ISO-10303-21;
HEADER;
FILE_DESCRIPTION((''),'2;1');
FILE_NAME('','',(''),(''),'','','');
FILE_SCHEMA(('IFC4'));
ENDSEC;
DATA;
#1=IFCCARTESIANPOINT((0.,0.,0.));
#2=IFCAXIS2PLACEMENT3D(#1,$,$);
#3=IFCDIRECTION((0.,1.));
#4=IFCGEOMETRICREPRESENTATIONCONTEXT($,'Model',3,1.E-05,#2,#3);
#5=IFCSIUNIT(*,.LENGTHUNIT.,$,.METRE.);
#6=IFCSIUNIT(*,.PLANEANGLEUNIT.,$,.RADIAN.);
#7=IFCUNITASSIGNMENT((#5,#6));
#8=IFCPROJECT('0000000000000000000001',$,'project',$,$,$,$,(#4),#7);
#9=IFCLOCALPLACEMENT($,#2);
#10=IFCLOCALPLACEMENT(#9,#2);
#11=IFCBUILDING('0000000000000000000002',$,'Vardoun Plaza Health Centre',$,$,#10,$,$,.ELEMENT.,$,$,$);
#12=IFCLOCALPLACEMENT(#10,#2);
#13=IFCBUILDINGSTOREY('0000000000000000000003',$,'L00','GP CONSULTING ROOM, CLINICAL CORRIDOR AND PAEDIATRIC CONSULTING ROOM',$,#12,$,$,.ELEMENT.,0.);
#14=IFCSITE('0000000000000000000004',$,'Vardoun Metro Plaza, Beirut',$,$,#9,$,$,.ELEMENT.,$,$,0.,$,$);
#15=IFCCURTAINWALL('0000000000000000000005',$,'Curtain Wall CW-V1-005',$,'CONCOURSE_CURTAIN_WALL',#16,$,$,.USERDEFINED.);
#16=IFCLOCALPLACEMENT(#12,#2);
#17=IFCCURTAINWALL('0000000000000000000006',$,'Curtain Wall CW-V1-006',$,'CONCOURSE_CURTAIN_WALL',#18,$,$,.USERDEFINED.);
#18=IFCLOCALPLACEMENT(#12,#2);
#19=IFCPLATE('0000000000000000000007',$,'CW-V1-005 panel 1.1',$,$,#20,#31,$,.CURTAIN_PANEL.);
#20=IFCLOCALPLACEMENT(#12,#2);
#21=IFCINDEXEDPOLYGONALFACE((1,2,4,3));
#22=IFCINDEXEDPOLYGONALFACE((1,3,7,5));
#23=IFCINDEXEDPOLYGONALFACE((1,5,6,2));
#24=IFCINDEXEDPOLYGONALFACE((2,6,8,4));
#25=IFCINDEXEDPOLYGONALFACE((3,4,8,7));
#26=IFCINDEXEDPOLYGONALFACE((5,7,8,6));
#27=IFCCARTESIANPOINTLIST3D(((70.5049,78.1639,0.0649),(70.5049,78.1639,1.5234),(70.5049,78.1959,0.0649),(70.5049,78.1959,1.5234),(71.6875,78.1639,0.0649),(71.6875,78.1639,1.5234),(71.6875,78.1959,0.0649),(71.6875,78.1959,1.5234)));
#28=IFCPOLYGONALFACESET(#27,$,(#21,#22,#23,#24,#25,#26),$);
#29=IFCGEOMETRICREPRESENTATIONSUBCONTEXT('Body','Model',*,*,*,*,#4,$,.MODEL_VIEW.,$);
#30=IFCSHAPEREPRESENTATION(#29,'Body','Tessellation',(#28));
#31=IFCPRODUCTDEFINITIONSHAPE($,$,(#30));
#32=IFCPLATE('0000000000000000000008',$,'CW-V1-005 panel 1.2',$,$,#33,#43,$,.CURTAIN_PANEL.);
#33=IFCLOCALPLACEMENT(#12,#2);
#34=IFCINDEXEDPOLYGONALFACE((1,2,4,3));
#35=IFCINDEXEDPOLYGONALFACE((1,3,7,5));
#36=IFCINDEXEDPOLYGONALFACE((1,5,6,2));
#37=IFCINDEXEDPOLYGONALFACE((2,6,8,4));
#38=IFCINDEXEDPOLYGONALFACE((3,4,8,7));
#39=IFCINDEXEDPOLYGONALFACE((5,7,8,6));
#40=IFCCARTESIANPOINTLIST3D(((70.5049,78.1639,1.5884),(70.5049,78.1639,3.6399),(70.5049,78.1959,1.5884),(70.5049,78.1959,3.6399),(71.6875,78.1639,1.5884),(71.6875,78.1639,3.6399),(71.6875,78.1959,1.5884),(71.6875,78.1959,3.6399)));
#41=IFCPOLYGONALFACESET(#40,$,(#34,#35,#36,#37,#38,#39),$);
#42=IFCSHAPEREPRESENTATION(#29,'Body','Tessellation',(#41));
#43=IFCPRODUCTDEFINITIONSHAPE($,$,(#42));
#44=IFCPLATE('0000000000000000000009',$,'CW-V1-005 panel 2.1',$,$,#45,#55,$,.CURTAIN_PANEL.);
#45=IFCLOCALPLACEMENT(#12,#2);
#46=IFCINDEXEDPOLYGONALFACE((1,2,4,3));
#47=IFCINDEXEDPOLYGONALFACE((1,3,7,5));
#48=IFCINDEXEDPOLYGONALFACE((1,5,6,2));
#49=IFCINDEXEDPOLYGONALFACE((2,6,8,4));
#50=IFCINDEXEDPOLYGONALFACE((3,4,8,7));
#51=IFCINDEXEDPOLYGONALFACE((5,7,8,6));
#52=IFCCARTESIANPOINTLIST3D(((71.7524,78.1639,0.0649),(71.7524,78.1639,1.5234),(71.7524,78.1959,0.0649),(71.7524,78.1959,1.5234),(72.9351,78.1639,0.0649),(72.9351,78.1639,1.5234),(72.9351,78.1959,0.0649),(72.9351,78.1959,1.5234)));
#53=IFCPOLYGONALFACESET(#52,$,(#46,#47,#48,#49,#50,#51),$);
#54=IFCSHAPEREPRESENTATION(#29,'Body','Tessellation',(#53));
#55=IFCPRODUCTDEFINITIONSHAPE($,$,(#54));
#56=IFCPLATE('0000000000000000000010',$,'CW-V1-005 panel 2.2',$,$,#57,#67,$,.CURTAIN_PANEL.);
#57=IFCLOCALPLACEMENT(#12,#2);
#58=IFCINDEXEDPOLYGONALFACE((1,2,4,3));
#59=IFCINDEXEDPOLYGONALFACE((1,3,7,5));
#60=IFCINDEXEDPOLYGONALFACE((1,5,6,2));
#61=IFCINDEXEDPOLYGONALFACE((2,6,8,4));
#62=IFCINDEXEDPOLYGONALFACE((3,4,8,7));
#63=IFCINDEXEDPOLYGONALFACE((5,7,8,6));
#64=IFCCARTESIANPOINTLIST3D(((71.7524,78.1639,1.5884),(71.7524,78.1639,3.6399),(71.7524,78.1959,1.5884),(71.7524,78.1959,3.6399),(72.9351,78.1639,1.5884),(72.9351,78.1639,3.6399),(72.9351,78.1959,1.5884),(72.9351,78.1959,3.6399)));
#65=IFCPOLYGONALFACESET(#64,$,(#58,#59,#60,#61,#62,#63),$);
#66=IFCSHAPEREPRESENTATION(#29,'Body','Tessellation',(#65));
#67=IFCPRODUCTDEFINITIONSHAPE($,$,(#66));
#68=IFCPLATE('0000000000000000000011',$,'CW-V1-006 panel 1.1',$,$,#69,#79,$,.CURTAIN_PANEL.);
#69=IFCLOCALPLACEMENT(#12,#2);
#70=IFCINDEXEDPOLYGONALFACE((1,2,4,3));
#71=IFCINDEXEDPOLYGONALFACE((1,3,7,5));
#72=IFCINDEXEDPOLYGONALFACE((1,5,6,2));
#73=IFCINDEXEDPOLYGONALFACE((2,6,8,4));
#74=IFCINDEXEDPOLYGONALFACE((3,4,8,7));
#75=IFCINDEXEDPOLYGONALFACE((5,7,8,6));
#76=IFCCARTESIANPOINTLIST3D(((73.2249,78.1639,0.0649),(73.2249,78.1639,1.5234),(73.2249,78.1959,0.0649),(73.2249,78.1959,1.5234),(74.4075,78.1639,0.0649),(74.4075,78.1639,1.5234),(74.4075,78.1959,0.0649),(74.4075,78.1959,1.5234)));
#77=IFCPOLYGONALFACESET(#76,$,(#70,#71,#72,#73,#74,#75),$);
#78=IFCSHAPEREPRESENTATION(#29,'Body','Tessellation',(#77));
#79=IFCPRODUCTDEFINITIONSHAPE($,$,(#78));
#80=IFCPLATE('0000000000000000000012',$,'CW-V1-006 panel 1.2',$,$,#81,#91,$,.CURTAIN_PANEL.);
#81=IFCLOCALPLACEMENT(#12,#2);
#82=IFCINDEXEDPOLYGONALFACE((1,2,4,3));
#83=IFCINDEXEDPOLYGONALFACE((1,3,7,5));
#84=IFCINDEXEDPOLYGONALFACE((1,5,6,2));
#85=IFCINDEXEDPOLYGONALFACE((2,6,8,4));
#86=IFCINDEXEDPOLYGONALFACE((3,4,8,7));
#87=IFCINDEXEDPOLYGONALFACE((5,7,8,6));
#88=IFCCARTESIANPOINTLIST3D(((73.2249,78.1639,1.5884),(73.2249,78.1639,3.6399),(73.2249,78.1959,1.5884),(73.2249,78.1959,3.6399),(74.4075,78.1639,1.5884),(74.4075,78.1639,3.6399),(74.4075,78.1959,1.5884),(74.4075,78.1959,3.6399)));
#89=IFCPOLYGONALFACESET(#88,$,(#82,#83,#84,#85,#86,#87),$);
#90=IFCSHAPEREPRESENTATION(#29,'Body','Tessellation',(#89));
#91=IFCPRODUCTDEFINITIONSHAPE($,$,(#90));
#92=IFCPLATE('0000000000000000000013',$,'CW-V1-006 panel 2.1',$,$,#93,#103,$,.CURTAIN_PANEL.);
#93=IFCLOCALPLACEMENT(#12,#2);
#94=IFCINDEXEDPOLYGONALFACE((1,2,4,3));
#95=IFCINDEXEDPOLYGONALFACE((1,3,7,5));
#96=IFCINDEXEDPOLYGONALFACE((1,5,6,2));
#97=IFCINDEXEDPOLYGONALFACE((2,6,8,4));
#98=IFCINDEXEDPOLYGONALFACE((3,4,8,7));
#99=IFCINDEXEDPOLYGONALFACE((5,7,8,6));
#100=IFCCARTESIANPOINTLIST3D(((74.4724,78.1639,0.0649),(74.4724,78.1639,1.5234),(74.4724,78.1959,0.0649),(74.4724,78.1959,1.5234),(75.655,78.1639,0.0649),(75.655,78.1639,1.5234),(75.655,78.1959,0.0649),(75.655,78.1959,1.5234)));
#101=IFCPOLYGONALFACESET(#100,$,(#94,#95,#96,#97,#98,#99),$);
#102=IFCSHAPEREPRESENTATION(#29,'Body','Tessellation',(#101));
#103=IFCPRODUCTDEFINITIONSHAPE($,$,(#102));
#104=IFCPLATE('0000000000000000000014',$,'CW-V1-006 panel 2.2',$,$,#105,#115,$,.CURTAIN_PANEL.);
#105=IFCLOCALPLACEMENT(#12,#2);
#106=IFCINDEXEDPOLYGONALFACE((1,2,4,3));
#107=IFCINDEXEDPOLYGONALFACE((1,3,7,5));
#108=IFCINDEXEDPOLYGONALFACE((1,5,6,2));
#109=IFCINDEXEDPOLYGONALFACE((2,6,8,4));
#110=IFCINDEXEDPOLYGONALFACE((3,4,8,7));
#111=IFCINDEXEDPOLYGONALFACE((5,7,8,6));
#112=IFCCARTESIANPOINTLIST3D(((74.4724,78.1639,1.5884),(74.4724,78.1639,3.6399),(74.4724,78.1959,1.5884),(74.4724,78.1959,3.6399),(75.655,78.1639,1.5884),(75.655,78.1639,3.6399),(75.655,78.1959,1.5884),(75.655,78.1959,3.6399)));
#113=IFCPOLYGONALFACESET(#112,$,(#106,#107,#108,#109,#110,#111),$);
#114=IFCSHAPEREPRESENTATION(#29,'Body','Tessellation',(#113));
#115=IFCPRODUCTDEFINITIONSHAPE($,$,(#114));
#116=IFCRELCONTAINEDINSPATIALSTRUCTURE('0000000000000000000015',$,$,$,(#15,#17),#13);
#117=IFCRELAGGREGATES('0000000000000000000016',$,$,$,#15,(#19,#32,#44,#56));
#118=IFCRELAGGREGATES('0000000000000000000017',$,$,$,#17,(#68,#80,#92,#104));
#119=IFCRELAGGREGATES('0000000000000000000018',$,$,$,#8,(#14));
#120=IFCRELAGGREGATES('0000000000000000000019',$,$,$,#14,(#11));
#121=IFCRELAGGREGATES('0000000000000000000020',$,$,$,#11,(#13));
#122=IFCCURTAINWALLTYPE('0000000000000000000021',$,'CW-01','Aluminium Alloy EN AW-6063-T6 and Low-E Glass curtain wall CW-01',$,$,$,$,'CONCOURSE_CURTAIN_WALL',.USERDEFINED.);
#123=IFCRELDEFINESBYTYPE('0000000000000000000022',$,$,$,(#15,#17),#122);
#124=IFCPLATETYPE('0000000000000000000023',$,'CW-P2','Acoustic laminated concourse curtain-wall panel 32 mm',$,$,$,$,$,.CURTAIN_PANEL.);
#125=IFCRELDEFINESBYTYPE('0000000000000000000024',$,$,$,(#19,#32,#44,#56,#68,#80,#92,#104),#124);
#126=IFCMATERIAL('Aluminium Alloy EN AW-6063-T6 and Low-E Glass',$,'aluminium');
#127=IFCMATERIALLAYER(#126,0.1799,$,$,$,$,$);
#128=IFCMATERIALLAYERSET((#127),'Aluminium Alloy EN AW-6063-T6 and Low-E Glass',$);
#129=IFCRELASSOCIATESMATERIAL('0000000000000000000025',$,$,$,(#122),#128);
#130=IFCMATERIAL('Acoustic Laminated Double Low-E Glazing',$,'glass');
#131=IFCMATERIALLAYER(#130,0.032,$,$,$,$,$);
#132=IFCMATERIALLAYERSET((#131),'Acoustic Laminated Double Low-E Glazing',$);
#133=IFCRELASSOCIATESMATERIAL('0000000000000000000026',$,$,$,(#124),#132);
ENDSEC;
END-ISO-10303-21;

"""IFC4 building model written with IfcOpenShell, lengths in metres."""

from ifc_helpers import new_model, si_unit, direction, frame, origin, origin_2d, place, context, subcontext, project, spatial, rectangle, extrude, material, layer, layer_set, type_object, element, aggregate, save


model = new_model("IFC4")

# Units and contexts
model_context = context("Model", 3, precision=1e-05, world=origin(), true_north=direction((0.0, 1.0)))
body_context = subcontext(model_context, "Body", "Model", "MODEL_VIEW")
ifc_project = project(units=[si_unit("LENGTHUNIT", "METRE"), si_unit("PLANEANGLEUNIT", "RADIAN")], contexts=[model_context])

# Site, building, storey
site_placement = place(None, origin())
site = spatial("IfcSite", under=ifc_project, at=site_placement, Name="Vardoun Metro Plaza, Beirut", CompositionType="ELEMENT", RefElevation=0.0)
building_placement = place(site_placement, origin())
building = spatial("IfcBuilding", under=site, at=building_placement, Name="Vardoun Plaza Health Centre", CompositionType="ELEMENT")
storey_placement = place(building_placement, origin())
storey = spatial("IfcBuildingStorey", under=building, at=storey_placement, Name="L00", Description="GP CONSULTING ROOM, CLINICAL CORRIDOR AND PAEDIATRIC CONSULTING ROOM", CompositionType="ELEMENT", Elevation=0.0)

# Curtain walls
ifc_material_1 = material(Name="Aluminium Alloy EN AW-6063-T6 and Low-E Glass", Category="aluminium")
ifc_layer_1 = layer(ifc_material_1, 0.1799)
ifc_layer_set_1 = layer_set([ifc_layer_1], Name="Aluminium Alloy EN AW-6063-T6 and Low-E Glass")
curtain_wall_type = type_object("IfcCurtainWallType", Name="CW-01", Description="Aluminium Alloy EN AW-6063-T6 and Low-E Glass curtain wall CW-01", ElementType="CONCOURSE_CURTAIN_WALL", PredefinedType="USERDEFINED", material=ifc_layer_set_1)
curtain_wall_1_placement = place(storey_placement, origin())
curtain_wall_1 = element("IfcCurtainWall", 1, at=curtain_wall_1_placement, inside=storey, type_object=curtain_wall_type, Name="Curtain Wall CW-V1-005", ObjectType="CONCOURSE_CURTAIN_WALL", PredefinedType="USERDEFINED")
curtain_wall_2_placement = place(storey_placement, origin())
curtain_wall_2 = element("IfcCurtainWall", 2, at=curtain_wall_2_placement, inside=storey, type_object=curtain_wall_type, Name="Curtain Wall CW-V1-006", ObjectType="CONCOURSE_CURTAIN_WALL", PredefinedType="USERDEFINED")

# Plates
ifc_material_2 = material(Name="Acoustic Laminated Double Low-E Glazing", Category="glass")
ifc_layer_2 = layer(ifc_material_2, 0.032)
ifc_layer_set_2 = layer_set([ifc_layer_2], Name="Acoustic Laminated Double Low-E Glazing")
plate_type = type_object("IfcPlateType", Name="CW-P2", Description="Acoustic laminated concourse curtain-wall panel 32 mm", PredefinedType="CURTAIN_PANEL", material=ifc_layer_set_2)
plate_1_placement = place(storey_placement, frame((71.0962, 78.1799, 0.0649), z_axis=(0.0, 0.0, 1.0), x_axis=(1.0, 0.0, 0.0)))
plate_1 = element("IfcPlate", 3, at=plate_1_placement, type_object=plate_type, Name="CW-V1-005 panel 1.1", PredefinedType="CURTAIN_PANEL", context=body_context, shape_type="SweptSolid", body=[
    extrude(rectangle(XDim=1.1826, YDim=0.032, at=origin_2d()), origin(), (0.0, 0.0, 1.0), 1.4585),
])
plate_2_placement = place(storey_placement, frame((71.0962, 78.1799, 1.5884), z_axis=(0.0, 0.0, 1.0), x_axis=(1.0, 0.0, 0.0)))
plate_2 = element("IfcPlate", 4, at=plate_2_placement, type_object=plate_type, Name="CW-V1-005 panel 1.2", PredefinedType="CURTAIN_PANEL", context=body_context, shape_type="SweptSolid", body=[
    extrude(rectangle(XDim=1.1826, YDim=0.032, at=origin_2d()), origin(), (0.0, 0.0, 1.0), 2.0515),
])
plate_3_placement = place(storey_placement, frame((72.3438, 78.1799, 0.0649), z_axis=(0.0, 0.0, 1.0), x_axis=(1.0, 0.0, 0.0)))
plate_3 = element("IfcPlate", 5, at=plate_3_placement, type_object=plate_type, Name="CW-V1-005 panel 2.1", PredefinedType="CURTAIN_PANEL", context=body_context, shape_type="SweptSolid", body=[
    extrude(rectangle(XDim=1.1826, YDim=0.032, at=origin_2d()), origin(), (0.0, 0.0, 1.0), 1.4585),
])
plate_4_placement = place(storey_placement, frame((72.3438, 78.1799, 1.5884), z_axis=(0.0, 0.0, 1.0), x_axis=(1.0, 0.0, 0.0)))
plate_4 = element("IfcPlate", 6, at=plate_4_placement, type_object=plate_type, Name="CW-V1-005 panel 2.2", PredefinedType="CURTAIN_PANEL", context=body_context, shape_type="SweptSolid", body=[
    extrude(rectangle(XDim=1.1826, YDim=0.032, at=origin_2d()), origin(), (0.0, 0.0, 1.0), 2.0515),
])
aggregate(curtain_wall_1, [plate_1, plate_2, plate_3, plate_4])
plate_5_placement = place(storey_placement, frame((73.8162, 78.1799, 0.0649), z_axis=(0.0, 0.0, 1.0), x_axis=(1.0, 0.0, 0.0)))
plate_5 = element("IfcPlate", 7, at=plate_5_placement, type_object=plate_type, Name="CW-V1-006 panel 1.1", PredefinedType="CURTAIN_PANEL", context=body_context, shape_type="SweptSolid", body=[
    extrude(rectangle(XDim=1.1826, YDim=0.032, at=origin_2d()), origin(), (0.0, 0.0, 1.0), 1.4585),
])
plate_6_placement = place(storey_placement, frame((73.8162, 78.1799, 1.5884), z_axis=(0.0, 0.0, 1.0), x_axis=(1.0, 0.0, 0.0)))
plate_6 = element("IfcPlate", 8, at=plate_6_placement, type_object=plate_type, Name="CW-V1-006 panel 1.2", PredefinedType="CURTAIN_PANEL", context=body_context, shape_type="SweptSolid", body=[
    extrude(rectangle(XDim=1.1826, YDim=0.032, at=origin_2d()), origin(), (0.0, 0.0, 1.0), 2.0515),
])
plate_7_placement = place(storey_placement, frame((75.0637, 78.1799, 0.0649), z_axis=(0.0, 0.0, 1.0), x_axis=(1.0, 0.0, 0.0)))
plate_7 = element("IfcPlate", 9, at=plate_7_placement, type_object=plate_type, Name="CW-V1-006 panel 2.1", PredefinedType="CURTAIN_PANEL", context=body_context, shape_type="SweptSolid", body=[
    extrude(rectangle(XDim=1.1826, YDim=0.032, at=origin_2d()), origin(), (0.0, 0.0, 1.0), 1.4585),
])
plate_8_placement = place(storey_placement, frame((75.0637, 78.1799, 1.5884), z_axis=(0.0, 0.0, 1.0), x_axis=(1.0, 0.0, 0.0)))
plate_8 = element("IfcPlate", 10, at=plate_8_placement, type_object=plate_type, Name="CW-V1-006 panel 2.2", PredefinedType="CURTAIN_PANEL", context=body_context, shape_type="SweptSolid", body=[
    extrude(rectangle(XDim=1.1826, YDim=0.032, at=origin_2d()), origin(), (0.0, 0.0, 1.0), 2.0515),
])
aggregate(curtain_wall_2, [plate_5, plate_6, plate_7, plate_8])

save(model, "model.ifc")
